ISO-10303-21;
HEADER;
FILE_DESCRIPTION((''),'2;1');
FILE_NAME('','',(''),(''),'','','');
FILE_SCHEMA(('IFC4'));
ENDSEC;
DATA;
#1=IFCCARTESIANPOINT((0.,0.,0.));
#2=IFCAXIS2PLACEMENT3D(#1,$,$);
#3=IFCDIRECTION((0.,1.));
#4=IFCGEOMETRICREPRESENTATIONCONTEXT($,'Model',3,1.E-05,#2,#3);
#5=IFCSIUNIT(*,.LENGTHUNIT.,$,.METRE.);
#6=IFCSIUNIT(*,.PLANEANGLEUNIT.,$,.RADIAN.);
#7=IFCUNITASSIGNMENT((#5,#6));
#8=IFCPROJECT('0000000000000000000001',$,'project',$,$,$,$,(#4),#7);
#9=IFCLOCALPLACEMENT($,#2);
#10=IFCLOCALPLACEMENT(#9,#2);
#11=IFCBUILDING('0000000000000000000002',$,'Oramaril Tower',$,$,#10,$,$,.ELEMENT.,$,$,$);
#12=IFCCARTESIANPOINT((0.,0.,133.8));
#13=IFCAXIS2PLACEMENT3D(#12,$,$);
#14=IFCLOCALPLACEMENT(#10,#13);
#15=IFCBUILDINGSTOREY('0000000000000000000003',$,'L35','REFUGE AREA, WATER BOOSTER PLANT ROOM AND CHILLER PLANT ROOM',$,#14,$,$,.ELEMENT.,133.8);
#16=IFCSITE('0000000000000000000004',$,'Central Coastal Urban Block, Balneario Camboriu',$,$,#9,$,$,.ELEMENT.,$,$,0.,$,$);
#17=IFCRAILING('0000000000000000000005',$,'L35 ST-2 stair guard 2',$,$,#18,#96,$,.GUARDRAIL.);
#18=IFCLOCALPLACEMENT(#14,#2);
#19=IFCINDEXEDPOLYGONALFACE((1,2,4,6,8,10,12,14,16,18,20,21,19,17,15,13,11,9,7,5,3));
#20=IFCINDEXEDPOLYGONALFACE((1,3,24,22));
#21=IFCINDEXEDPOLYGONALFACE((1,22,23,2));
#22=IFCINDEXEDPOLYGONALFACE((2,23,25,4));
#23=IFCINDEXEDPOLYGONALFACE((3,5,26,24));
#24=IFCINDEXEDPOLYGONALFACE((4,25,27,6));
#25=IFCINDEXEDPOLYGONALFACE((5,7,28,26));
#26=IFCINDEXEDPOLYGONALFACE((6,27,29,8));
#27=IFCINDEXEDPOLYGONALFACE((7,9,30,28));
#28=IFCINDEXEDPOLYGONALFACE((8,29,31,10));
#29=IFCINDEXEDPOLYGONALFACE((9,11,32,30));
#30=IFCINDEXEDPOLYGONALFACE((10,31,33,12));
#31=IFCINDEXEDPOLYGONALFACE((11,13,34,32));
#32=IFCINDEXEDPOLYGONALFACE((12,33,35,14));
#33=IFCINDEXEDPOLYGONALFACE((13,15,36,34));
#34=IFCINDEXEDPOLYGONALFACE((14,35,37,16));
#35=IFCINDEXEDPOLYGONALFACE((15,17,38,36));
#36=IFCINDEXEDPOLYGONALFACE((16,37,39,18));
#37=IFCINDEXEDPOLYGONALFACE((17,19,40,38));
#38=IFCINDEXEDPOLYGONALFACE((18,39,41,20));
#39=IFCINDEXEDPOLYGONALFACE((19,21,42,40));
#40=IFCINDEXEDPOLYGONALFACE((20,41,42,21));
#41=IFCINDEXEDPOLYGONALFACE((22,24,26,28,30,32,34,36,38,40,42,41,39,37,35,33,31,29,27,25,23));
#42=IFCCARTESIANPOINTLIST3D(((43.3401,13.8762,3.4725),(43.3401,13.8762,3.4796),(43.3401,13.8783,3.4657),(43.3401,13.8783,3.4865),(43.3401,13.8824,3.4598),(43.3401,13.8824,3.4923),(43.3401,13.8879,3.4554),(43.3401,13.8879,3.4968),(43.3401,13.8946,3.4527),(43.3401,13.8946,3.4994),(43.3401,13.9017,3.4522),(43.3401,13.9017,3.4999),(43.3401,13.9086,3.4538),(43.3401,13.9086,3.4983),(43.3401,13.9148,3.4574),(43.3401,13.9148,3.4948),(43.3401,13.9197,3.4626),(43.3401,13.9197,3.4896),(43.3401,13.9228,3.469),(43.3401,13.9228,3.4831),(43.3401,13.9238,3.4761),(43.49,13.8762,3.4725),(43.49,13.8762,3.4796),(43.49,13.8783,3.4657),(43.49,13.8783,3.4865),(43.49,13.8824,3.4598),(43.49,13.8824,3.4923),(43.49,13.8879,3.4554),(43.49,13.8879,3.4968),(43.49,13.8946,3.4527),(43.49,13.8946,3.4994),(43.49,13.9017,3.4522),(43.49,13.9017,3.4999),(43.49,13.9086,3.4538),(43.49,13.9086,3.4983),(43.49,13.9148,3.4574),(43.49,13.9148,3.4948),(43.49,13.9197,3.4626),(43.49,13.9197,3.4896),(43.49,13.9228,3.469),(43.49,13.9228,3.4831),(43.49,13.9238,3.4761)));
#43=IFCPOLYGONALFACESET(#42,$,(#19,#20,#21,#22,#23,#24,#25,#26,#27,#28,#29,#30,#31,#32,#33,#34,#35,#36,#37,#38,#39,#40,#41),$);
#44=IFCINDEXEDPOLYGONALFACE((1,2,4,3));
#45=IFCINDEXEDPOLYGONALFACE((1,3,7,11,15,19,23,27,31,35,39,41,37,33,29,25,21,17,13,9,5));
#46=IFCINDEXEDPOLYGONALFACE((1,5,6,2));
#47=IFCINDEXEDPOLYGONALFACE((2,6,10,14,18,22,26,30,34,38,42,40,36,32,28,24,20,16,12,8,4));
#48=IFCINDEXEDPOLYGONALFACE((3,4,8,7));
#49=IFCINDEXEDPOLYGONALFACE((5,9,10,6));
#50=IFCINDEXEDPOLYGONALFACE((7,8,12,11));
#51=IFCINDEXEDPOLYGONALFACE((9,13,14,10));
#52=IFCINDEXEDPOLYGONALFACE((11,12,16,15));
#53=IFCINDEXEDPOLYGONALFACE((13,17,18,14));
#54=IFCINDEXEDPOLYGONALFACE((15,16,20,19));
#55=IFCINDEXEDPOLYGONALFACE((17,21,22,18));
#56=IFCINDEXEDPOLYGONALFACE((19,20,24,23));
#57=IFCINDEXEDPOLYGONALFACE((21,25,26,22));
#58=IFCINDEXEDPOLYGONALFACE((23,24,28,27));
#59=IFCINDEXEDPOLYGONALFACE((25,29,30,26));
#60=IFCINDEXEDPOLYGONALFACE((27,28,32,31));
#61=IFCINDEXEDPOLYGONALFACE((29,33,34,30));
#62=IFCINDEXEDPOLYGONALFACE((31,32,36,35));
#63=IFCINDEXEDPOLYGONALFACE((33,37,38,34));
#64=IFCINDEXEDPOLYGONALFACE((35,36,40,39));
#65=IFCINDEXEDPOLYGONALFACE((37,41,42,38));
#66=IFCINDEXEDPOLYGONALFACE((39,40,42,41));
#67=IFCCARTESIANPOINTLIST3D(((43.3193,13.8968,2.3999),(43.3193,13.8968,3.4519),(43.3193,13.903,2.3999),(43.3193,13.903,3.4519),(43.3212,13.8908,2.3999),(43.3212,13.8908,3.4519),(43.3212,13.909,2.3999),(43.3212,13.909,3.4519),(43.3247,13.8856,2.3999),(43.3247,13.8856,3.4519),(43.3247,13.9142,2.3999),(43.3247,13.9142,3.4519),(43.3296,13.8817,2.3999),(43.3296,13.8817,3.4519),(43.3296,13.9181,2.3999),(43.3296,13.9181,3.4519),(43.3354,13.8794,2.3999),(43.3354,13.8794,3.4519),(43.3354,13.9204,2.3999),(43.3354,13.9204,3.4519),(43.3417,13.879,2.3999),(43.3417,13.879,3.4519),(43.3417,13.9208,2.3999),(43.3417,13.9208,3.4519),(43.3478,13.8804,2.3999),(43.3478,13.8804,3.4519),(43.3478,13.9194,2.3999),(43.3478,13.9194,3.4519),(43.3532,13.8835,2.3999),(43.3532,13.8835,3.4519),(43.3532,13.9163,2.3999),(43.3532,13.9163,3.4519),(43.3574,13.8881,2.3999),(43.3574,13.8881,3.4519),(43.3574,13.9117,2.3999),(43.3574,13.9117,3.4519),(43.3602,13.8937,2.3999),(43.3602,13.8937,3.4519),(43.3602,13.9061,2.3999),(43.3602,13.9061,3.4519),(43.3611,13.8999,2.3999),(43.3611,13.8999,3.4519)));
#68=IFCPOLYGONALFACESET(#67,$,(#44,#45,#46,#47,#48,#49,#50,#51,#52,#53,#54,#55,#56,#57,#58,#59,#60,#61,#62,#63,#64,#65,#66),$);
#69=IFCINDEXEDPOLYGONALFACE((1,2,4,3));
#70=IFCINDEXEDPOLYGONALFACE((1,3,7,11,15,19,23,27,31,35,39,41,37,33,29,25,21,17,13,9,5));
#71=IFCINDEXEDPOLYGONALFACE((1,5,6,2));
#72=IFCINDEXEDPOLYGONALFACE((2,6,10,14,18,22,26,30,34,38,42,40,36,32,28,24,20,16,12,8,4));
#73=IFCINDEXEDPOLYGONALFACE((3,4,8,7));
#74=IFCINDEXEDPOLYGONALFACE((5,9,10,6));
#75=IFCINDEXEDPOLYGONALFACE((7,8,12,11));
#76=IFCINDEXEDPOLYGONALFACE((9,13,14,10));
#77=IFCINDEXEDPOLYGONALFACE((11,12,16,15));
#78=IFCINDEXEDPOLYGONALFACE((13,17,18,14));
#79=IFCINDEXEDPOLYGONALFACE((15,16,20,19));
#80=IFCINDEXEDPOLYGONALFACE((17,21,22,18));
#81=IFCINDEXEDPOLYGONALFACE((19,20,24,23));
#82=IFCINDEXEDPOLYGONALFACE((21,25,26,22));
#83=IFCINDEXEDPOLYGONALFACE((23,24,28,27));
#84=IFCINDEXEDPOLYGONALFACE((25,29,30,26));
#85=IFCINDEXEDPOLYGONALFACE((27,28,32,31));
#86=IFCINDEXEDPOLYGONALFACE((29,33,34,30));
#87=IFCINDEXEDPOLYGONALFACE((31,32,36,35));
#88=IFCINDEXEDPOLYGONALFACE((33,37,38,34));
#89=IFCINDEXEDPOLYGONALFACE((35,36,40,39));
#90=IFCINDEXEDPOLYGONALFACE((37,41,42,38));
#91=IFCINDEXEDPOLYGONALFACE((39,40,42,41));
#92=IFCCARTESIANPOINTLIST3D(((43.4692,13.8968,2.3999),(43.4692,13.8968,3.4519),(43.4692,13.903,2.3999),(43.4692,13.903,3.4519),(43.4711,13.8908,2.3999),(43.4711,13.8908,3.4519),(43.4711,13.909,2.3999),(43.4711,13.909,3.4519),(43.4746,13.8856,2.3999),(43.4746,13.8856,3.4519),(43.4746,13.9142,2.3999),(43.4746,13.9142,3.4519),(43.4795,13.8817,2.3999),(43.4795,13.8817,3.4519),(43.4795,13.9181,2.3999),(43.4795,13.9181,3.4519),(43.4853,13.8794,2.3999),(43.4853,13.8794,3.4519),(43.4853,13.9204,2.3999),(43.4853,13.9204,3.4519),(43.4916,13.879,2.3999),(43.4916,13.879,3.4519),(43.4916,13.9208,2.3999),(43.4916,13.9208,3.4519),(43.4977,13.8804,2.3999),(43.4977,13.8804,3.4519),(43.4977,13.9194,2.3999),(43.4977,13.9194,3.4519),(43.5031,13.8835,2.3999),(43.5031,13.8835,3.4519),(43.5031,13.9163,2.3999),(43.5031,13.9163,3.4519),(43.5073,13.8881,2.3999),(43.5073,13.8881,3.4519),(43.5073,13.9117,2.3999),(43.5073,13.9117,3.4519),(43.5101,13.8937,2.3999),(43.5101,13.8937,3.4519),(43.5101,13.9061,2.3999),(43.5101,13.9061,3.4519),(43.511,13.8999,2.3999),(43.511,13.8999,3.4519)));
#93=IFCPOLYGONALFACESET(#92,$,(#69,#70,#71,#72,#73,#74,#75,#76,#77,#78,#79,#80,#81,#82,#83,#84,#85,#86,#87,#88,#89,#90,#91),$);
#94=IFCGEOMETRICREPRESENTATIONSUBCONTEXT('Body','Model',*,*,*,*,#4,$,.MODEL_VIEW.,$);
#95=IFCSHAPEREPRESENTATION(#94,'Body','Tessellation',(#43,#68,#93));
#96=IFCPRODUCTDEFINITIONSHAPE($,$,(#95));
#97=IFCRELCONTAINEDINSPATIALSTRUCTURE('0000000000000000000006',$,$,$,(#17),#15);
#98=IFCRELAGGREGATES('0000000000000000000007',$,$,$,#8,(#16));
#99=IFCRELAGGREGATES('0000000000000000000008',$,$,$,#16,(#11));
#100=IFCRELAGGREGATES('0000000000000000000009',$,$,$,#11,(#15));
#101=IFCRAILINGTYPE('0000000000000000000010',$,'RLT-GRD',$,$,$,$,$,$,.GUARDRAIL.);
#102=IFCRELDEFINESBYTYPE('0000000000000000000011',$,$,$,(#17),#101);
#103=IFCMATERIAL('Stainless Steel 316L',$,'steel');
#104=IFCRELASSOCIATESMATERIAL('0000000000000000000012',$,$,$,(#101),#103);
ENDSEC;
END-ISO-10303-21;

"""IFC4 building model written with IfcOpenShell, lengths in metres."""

from ifc_helpers import new_model, si_unit, direction, frame, origin, origin_2d, place, context, subcontext, project, spatial, circle, extrude, material, type_object, element, save


model = new_model("IFC4")

# Units and contexts
model_context = context("Model", 3, precision=1e-05, world=origin(), true_north=direction((0.0, 1.0)))
body_context = subcontext(model_context, "Body", "Model", "MODEL_VIEW")
ifc_project = project(units=[si_unit("LENGTHUNIT", "METRE"), si_unit("PLANEANGLEUNIT", "RADIAN")], contexts=[model_context])

# Site, building, storey
site_placement = place(None, origin())
site = spatial("IfcSite", under=ifc_project, at=site_placement, Name="Central Coastal Urban Block, Balneario Camboriu", CompositionType="ELEMENT", RefElevation=0.0)
building_placement = place(site_placement, origin())
building = spatial("IfcBuilding", under=site, at=building_placement, Name="Oramaril Tower", CompositionType="ELEMENT")
storey_placement = place(building_placement, frame((0.0, 0.0, 133.8)))
storey = spatial("IfcBuildingStorey", under=building, at=storey_placement, Name="L35", Description="REFUGE AREA, WATER BOOSTER PLANT ROOM AND CHILLER PLANT ROOM", CompositionType="ELEMENT", Elevation=133.8)

# Railing
ifc_material_1 = material(Name="Stainless Steel 316L", Category="steel")
railing_type_1 = type_object("IfcRailingType", Name="RLT-GRD", PredefinedType="GUARDRAIL", material=ifc_material_1)
railing_1_placement = place(storey_placement, frame((43.3401, 13.8999, 2.3999)))
element("IfcRailing", 1, at=railing_1_placement, inside=storey, type_object=railing_type_1, Name="L35 ST-2 stair guard 2", PredefinedType="GUARDRAIL", context=body_context, shape_type="SweptSolid", body=[
    extrude(circle(Radius=0.0239, at=origin_2d()), frame((0.0, 0.0, 1.0762), z_axis=(1.0, 0.0, 0.0), x_axis=(0.0, 1.0, 0.0)), (0.0, 0.0, 1.0), 0.1499),
    extrude(circle(Radius=0.021, at=origin_2d()), origin(), (0.0, 0.0, 1.0), 1.052),
    extrude(circle(Radius=0.021, at=origin_2d()), frame((0.1499, 0.0, 0.0)), (0.0, 0.0, 1.0), 1.052),
])

save(model, "model.ifc")
